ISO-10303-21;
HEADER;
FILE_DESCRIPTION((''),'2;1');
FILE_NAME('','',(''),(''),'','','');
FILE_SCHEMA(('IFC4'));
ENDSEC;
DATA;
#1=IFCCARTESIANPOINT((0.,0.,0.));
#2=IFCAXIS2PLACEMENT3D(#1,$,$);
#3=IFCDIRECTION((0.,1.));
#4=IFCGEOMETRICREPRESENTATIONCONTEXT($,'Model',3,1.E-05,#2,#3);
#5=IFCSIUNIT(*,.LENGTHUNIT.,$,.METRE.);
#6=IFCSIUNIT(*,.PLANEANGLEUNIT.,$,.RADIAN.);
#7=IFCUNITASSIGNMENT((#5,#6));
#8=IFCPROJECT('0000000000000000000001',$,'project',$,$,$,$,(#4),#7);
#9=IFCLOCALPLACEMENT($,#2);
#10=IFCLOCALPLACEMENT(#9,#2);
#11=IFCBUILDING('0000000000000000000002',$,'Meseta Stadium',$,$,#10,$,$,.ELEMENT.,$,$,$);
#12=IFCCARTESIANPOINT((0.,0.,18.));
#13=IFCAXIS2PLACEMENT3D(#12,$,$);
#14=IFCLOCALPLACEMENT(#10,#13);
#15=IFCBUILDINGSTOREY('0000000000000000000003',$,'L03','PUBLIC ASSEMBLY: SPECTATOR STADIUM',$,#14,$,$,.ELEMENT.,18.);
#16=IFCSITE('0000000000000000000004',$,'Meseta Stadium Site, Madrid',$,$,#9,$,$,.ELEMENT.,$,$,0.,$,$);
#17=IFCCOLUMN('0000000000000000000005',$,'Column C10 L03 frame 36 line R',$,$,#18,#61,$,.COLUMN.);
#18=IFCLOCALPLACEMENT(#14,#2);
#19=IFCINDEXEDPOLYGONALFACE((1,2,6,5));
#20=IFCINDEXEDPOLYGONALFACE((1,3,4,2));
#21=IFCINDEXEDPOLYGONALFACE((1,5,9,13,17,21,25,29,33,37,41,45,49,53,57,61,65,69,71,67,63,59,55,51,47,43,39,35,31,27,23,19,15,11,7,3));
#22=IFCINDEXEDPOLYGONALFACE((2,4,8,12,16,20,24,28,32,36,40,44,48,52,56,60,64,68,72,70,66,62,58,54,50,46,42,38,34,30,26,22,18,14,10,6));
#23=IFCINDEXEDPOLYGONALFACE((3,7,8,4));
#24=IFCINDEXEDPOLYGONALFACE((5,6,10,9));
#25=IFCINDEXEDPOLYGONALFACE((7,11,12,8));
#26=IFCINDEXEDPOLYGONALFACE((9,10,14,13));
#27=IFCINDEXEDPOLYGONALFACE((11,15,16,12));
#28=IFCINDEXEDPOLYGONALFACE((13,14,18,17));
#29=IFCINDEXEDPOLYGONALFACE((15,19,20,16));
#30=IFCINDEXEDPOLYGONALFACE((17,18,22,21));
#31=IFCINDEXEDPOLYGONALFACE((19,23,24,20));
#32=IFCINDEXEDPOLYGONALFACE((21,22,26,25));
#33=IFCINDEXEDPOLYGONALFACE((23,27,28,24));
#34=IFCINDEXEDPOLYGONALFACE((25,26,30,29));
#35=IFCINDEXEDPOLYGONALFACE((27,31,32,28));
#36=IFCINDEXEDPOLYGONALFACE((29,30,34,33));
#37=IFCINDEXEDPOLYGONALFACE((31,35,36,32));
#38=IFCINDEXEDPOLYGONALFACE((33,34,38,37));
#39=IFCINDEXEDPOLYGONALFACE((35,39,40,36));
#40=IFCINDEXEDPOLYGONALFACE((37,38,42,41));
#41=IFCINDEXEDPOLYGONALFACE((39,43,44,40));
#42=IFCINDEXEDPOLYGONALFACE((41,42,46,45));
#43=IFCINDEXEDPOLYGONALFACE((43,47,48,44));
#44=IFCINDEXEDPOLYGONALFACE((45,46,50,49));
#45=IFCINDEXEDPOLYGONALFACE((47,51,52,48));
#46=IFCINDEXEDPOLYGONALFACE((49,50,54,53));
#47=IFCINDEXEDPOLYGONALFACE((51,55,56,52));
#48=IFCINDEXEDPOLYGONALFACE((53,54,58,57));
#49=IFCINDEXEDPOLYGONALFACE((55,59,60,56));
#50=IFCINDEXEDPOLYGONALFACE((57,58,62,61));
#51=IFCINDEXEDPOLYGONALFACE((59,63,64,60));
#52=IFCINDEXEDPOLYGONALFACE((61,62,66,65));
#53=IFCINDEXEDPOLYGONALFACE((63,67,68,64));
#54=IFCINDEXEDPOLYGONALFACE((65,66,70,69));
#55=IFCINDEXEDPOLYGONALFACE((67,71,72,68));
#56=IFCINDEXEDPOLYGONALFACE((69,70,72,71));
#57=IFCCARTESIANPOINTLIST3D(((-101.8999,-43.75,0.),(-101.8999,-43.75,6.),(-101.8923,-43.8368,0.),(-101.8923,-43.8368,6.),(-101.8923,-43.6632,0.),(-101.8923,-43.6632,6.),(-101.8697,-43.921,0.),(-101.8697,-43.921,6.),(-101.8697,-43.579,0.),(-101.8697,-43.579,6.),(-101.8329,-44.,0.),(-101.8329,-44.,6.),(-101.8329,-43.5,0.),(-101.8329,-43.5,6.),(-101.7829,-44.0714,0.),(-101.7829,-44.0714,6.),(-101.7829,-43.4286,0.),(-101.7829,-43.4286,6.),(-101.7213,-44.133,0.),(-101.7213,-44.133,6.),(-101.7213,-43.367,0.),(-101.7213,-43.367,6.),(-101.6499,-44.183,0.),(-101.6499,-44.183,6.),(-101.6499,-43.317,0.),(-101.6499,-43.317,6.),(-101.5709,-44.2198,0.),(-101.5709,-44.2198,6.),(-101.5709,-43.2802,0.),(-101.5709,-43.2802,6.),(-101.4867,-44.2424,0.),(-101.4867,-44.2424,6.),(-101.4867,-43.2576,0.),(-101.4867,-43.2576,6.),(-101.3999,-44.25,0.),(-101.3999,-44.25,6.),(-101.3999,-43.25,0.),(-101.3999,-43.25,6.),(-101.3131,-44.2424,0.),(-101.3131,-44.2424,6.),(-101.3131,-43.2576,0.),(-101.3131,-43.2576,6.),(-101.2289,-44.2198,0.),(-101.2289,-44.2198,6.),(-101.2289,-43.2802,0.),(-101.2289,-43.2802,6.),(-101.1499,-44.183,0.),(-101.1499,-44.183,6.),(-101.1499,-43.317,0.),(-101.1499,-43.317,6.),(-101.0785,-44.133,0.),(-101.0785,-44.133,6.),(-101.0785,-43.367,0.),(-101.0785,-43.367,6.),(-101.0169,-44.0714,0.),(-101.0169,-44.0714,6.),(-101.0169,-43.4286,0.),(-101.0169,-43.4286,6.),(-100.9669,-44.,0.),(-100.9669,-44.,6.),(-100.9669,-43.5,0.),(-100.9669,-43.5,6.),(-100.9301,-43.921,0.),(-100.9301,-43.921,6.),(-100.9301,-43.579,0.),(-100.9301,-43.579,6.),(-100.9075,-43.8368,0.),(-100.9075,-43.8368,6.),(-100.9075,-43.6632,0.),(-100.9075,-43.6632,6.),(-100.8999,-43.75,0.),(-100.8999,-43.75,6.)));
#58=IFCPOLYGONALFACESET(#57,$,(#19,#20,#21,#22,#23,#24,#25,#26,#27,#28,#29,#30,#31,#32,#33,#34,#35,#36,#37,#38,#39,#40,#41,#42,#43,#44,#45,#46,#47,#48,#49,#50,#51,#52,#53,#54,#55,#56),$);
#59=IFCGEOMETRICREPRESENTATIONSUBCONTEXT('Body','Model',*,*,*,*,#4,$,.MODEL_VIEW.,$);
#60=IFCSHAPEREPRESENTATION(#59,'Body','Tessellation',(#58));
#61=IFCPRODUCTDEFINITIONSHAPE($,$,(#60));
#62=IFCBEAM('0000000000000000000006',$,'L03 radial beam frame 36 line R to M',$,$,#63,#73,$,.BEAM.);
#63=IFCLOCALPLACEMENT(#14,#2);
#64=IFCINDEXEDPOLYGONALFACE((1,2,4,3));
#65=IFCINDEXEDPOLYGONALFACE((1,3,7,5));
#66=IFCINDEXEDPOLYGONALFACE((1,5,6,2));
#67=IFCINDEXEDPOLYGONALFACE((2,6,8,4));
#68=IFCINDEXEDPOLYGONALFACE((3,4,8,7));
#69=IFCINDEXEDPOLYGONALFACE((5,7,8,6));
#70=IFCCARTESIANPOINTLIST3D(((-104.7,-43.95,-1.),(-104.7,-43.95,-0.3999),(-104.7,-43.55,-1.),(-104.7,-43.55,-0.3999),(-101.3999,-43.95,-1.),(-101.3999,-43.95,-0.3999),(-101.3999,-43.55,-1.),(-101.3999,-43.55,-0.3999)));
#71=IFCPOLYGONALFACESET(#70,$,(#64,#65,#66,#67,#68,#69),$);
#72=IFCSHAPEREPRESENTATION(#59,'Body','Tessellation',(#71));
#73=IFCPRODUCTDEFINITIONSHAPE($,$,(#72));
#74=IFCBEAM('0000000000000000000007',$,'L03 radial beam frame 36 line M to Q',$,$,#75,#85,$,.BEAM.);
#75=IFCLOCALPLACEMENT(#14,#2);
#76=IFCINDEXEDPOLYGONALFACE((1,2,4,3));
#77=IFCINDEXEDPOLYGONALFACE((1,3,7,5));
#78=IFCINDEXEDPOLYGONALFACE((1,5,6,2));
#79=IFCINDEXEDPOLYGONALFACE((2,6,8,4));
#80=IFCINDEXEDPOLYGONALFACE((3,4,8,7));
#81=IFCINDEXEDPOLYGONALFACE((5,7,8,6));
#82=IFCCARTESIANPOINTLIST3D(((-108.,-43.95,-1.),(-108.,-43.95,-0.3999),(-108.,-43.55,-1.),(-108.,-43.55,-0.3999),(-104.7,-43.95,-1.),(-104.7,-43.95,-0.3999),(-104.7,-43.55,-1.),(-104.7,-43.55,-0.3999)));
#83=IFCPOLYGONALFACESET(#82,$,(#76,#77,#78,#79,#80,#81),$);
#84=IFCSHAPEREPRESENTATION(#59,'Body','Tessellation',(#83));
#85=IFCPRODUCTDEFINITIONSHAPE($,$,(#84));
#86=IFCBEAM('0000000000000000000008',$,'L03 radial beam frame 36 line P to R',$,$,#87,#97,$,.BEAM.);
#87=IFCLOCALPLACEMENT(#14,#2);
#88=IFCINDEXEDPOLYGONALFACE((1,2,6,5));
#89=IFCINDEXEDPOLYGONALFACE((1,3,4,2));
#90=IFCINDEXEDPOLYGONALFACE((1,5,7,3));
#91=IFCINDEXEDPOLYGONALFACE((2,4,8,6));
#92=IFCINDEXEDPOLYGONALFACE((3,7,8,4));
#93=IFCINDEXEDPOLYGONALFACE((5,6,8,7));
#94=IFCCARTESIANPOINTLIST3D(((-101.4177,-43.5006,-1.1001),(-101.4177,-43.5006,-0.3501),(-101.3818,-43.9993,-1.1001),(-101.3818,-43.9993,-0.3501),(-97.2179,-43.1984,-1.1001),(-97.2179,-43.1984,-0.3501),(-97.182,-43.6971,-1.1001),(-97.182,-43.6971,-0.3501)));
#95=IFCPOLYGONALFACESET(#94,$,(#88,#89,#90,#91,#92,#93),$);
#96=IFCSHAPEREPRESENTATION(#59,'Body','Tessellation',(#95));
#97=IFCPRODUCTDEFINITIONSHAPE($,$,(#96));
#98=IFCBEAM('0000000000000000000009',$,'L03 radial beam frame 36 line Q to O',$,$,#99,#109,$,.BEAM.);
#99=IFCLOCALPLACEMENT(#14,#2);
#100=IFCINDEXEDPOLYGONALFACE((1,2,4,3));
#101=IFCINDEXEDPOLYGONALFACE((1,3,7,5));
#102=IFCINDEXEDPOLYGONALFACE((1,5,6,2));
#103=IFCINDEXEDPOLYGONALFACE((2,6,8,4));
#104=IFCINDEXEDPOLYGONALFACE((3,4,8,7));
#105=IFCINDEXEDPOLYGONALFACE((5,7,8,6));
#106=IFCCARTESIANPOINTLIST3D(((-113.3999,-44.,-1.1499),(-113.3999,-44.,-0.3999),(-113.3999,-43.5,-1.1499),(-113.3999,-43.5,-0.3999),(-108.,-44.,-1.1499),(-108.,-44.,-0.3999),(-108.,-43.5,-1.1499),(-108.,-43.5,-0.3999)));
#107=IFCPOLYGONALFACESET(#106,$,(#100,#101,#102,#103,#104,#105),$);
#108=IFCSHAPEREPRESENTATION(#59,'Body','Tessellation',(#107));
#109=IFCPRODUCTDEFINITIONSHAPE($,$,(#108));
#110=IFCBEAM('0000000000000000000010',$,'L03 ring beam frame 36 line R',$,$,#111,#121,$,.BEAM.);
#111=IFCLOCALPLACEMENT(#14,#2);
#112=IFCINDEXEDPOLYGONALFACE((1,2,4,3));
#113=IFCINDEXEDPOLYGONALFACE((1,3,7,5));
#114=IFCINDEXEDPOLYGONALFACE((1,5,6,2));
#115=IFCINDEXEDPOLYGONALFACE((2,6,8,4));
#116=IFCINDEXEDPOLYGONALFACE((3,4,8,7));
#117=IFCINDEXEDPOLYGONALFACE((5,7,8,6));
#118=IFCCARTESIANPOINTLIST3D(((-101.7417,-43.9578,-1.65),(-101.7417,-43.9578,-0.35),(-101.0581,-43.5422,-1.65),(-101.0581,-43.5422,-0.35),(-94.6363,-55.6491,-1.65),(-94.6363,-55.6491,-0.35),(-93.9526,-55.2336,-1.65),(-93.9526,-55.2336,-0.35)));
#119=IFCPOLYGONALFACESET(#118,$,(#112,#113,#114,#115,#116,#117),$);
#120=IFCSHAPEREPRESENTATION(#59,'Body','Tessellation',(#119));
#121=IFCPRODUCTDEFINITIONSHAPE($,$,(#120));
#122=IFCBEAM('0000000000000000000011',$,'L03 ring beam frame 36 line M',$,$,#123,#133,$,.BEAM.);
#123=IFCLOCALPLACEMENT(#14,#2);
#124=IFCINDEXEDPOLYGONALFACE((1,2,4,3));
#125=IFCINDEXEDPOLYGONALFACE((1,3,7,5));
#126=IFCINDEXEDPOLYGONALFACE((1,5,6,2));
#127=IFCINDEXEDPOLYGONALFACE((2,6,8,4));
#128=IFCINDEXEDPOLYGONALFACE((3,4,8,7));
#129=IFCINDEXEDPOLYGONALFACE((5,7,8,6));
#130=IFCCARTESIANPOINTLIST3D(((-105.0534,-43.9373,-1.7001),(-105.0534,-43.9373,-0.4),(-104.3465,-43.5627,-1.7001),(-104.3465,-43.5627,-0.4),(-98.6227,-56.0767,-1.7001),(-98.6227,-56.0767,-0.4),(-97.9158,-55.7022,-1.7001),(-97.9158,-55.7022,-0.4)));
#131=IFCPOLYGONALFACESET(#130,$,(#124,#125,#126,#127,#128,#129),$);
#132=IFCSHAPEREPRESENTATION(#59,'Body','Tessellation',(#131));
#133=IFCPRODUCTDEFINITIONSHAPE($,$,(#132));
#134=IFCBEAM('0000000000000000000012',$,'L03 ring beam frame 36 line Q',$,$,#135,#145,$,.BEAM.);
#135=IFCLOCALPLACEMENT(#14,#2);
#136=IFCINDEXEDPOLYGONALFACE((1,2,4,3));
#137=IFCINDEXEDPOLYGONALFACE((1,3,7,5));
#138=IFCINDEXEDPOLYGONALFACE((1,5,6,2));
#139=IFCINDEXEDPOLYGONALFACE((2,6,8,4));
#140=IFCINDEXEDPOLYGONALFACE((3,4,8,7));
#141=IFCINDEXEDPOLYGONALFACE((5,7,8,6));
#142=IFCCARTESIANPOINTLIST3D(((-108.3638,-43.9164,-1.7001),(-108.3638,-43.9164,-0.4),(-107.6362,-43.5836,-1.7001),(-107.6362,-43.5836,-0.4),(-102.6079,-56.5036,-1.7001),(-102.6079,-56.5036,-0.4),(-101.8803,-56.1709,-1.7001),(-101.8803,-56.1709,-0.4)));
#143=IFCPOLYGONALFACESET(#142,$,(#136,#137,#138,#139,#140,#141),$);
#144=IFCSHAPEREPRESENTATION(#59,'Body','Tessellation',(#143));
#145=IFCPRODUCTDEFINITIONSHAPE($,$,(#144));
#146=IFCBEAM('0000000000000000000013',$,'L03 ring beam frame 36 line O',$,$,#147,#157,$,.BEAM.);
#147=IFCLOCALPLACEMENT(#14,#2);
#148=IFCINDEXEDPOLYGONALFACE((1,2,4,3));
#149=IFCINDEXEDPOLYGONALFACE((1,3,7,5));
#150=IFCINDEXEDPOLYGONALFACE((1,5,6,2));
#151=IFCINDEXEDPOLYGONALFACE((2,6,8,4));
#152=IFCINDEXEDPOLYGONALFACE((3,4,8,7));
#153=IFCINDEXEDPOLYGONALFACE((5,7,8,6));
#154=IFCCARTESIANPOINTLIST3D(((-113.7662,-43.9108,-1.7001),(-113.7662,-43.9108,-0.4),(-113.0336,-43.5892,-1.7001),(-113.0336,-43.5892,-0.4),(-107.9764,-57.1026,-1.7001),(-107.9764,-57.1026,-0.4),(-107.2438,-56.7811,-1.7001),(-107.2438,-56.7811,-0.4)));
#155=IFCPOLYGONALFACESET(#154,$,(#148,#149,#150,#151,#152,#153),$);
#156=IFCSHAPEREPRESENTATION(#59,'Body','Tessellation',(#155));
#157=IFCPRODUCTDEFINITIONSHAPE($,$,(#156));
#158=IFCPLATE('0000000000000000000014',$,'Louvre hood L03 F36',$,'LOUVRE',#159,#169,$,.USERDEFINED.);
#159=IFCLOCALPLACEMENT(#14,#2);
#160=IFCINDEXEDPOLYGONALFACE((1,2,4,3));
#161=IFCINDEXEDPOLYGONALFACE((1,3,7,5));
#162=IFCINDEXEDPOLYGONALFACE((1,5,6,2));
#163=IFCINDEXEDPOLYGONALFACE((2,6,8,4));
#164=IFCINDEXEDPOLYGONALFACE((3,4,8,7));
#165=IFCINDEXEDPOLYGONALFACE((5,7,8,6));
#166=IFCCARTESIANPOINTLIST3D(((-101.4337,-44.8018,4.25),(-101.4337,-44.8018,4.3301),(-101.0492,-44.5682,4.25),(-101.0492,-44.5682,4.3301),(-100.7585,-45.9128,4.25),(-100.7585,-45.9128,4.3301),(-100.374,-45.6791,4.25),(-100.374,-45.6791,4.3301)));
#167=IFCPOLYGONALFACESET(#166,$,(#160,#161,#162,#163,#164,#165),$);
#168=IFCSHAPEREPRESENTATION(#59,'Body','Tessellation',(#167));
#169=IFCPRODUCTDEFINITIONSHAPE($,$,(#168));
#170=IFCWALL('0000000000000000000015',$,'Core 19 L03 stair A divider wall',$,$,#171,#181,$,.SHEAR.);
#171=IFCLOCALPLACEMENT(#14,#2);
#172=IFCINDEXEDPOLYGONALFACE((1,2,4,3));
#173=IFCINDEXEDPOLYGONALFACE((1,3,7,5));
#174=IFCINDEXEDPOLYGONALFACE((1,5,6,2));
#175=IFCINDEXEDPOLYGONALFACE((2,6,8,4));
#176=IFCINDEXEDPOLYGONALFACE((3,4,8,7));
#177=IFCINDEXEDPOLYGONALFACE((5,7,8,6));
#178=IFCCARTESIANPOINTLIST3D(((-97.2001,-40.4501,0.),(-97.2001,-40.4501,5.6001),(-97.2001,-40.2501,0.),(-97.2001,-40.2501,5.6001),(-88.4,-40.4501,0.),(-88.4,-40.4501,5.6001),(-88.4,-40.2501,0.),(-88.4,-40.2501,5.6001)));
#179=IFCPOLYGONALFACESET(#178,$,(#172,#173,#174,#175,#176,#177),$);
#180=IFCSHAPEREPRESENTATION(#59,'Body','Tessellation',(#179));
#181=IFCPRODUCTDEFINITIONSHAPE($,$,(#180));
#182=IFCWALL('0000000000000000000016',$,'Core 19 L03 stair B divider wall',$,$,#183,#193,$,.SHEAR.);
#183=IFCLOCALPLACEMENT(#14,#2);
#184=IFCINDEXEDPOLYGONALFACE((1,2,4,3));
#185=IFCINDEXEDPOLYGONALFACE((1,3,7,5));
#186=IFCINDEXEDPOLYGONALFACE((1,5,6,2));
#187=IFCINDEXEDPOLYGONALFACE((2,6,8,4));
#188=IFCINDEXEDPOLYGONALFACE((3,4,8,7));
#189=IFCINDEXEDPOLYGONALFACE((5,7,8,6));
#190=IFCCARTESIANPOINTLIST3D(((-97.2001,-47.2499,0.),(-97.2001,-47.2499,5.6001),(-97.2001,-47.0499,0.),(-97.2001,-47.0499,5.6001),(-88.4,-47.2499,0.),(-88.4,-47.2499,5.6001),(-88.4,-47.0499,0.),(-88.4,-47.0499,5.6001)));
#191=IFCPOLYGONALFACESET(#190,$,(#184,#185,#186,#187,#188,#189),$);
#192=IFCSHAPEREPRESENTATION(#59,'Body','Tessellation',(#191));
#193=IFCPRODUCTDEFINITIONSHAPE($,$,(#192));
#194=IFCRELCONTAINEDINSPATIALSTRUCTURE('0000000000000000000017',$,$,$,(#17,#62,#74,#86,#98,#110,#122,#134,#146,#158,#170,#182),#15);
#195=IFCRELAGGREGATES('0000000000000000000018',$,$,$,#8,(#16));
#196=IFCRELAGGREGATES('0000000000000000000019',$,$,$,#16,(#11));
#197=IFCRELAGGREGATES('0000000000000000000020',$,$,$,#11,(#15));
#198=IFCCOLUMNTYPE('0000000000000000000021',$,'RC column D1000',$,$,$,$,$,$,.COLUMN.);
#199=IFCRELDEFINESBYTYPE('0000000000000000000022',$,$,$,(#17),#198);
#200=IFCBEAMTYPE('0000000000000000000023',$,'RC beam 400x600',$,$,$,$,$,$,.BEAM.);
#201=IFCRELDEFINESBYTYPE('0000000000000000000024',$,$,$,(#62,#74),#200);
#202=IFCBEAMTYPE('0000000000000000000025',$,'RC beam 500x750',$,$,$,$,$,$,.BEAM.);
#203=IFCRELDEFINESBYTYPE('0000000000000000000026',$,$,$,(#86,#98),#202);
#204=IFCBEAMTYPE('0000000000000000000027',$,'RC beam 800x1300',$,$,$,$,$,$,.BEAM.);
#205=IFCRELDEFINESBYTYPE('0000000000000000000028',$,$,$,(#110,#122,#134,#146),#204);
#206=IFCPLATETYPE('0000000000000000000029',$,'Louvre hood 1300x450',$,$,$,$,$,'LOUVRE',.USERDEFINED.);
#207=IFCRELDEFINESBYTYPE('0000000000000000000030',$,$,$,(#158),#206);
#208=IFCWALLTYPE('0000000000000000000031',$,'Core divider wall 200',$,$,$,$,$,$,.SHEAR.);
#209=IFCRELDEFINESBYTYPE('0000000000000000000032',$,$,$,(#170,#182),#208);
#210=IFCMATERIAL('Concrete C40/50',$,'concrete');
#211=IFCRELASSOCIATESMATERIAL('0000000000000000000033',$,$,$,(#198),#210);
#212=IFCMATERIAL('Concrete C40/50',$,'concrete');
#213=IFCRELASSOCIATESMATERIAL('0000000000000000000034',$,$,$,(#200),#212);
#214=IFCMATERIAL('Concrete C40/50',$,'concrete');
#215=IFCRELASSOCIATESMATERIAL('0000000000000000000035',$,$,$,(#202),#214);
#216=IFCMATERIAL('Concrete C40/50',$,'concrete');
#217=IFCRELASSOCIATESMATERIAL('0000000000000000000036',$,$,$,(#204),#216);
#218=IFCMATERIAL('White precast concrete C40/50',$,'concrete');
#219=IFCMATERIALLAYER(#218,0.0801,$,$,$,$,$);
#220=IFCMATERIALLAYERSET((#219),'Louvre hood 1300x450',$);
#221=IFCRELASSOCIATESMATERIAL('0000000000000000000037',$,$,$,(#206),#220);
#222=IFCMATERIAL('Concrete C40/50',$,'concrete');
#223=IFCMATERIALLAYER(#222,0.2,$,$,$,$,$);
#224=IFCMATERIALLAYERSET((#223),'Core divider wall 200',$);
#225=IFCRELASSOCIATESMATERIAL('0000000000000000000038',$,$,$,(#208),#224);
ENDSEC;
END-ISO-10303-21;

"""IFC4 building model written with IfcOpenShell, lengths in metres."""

from ifc_helpers import new_model, si_unit, direction, frame, frame_2d, origin, origin_2d, place, context, subcontext, project, spatial, rectangle, circle, extrude, material, layer, layer_set, material_profile, profile_set, type_object, element, save


model = new_model("IFC4")

# Units and contexts
model_context = context("Model", 3, precision=1e-05, world=origin(), true_north=direction((0.0, 1.0)))
body_context = subcontext(model_context, "Body", "Model", "MODEL_VIEW")
ifc_project = project(units=[si_unit("LENGTHUNIT", "METRE"), si_unit("PLANEANGLEUNIT", "RADIAN")], contexts=[model_context])

# Site, building, storey
site_placement = place(None, origin())
site = spatial("IfcSite", under=ifc_project, at=site_placement, Name="Meseta Stadium Site, Madrid", CompositionType="ELEMENT", RefElevation=0.0)
building_placement = place(site_placement, origin())
building = spatial("IfcBuilding", under=site, at=building_placement, Name="Meseta Stadium", CompositionType="ELEMENT")
storey_placement = place(building_placement, frame((0.0, 0.0, 18.0)))
storey = spatial("IfcBuildingStorey", under=building, at=storey_placement, Name="L03", Description="PUBLIC ASSEMBLY: SPECTATOR STADIUM", CompositionType="ELEMENT", Elevation=18.0)

# Column
ifc_material_1 = material(Name="Concrete C40/50", Category="concrete")
ifc_material_profile_1 = material_profile(ifc_material_1, circle(Radius=0.5, at=origin_2d()), Name="RC D1000")
ifc_profile_set_1 = profile_set([ifc_material_profile_1], Name="Concrete C40/50")
column_type = type_object("IfcColumnType", Name="RC column D1000", PredefinedType="COLUMN", material=ifc_profile_set_1)
column_placement = place(storey_placement, frame((-101.3999, -43.75, 0.0), z_axis=(0.0, 0.0, 1.0), x_axis=(1.0, 0.0, 0.0)))
element("IfcColumn", 1, at=column_placement, inside=storey, type_object=column_type, Name="Column C10 L03 frame 36 line R", PredefinedType="COLUMN", context=body_context, shape_type="SweptSolid", body=[
    extrude(circle(Radius=0.5, at=origin_2d()), origin(), (0.0, 0.0, 1.0), 6.0),
])

# Beams
ifc_material_2 = material(Name="Concrete C40/50", Category="concrete")
ifc_material_profile_2 = material_profile(ifc_material_2, rectangle(XDim=0.3999, YDim=0.6001, at=origin_2d()), Name="RC 400x600")
ifc_profile_set_2 = profile_set([ifc_material_profile_2], Name="Concrete C40/50")
beam_type_1 = type_object("IfcBeamType", Name="RC beam 400x600", PredefinedType="BEAM", material=ifc_profile_set_2)
for number, where, z_axis, x_axis, name in (
    (2, (-101.3999, -43.75, -0.7), (-1.0, 0.0, 0.0), (0.0, -1.0, 0.0), "L03 radial beam frame 36 line R to M"),
    (3, (-104.7, -43.75, -0.7), (-1.0, 0.0, 0.0), (0.0, -1.0, 0.0), "L03 radial beam frame 36 line M to Q"),
):
    element("IfcBeam", number, at=place(storey_placement, frame(where, z_axis=z_axis, x_axis=x_axis)), inside=storey, type_object=beam_type_1, Name=name, PredefinedType="BEAM", context=body_context, shape_type="SweptSolid", body=[
        extrude(rectangle(XDim=0.3999, YDim=0.6001, at=origin_2d()), origin(), (0.0, 0.0, 1.0), 3.3),
    ])
ifc_material_3 = material(Name="Concrete C40/50", Category="concrete")
ifc_material_profile_3 = material_profile(ifc_material_3, rectangle(XDim=0.5, YDim=0.75, at=origin_2d()), Name="RC 500x750")
ifc_profile_set_3 = profile_set([ifc_material_profile_3], Name="Concrete C40/50")
beam_type_2 = type_object("IfcBeamType", Name="RC beam 500x750", PredefinedType="BEAM", material=ifc_profile_set_3)
beam_1_placement = place(storey_placement, frame((-97.2, -43.4478, -0.7251), z_axis=(-0.997421, -0.071779, 0.0), x_axis=(0.071779, -0.997421, 0.0)))
element("IfcBeam", 4, at=beam_1_placement, inside=storey, type_object=beam_type_2, Name="L03 radial beam frame 36 line P to R", PredefinedType="BEAM", context=body_context, shape_type="SweptSolid", body=[
    extrude(rectangle(XDim=0.5, YDim=0.75, at=origin_2d()), origin(), (0.0, 0.0, 1.0), 4.2107),
])
beam_2_placement = place(storey_placement, frame((-108.0, -43.75, -0.7749), z_axis=(-1.0, 0.0, 0.0), x_axis=(0.0, -1.0, 0.0)))
element("IfcBeam", 5, at=beam_2_placement, inside=storey, type_object=beam_type_2, Name="L03 radial beam frame 36 line Q to O", PredefinedType="BEAM", context=body_context, shape_type="SweptSolid", body=[
    extrude(rectangle(XDim=0.5, YDim=0.75, at=origin_2d()), origin(), (0.0, 0.0, 1.0), 5.3999),
])
ifc_material_4 = material(Name="Concrete C40/50", Category="concrete")
ifc_material_profile_4 = material_profile(ifc_material_4, rectangle(XDim=0.8, YDim=1.3, at=origin_2d()), Name="RC 800x1300")
ifc_profile_set_4 = profile_set([ifc_material_profile_4], Name="Concrete C40/50")
beam_type_3 = type_object("IfcBeamType", Name="RC beam 800x1300", PredefinedType="BEAM", material=ifc_profile_set_4)
beam_3_placement = place(storey_placement, frame((-101.3999, -43.75, -1.0), z_axis=(0.519358, -0.854557, 0.0), x_axis=(0.854557, 0.519358, 0.0)))
element("IfcBeam", 6, at=beam_3_placement, inside=storey, type_object=beam_type_3, Name="L03 ring beam frame 36 line R", PredefinedType="BEAM", context=body_context, shape_type="SweptSolid", body=[
    extrude(rectangle(XDim=0.8, YDim=1.3, at=origin_2d()), origin(), (0.0, 0.0, 1.0), 13.6812),
])
beam_4_placement = place(storey_placement, frame((-104.7, -43.75, -1.05), z_axis=(0.468111, -0.88367, 0.0), x_axis=(0.88367, 0.468111, 0.0)))
element("IfcBeam", 7, at=beam_4_placement, inside=storey, type_object=beam_type_3, Name="L03 ring beam frame 36 line M", PredefinedType="BEAM", context=body_context, shape_type="SweptSolid", body=[
    extrude(rectangle(XDim=0.8, YDim=1.3, at=origin_2d()), origin(), (0.0, 0.0, 1.0), 13.7375),
])
beam_5_placement = place(storey_placement, frame((-108.0, -43.75, -1.05), z_axis=(0.415863, -0.909427, 0.0), x_axis=(0.909427, 0.415863, 0.0)))
element("IfcBeam", 8, at=beam_5_placement, inside=storey, type_object=beam_type_3, Name="L03 ring beam frame 36 line Q", PredefinedType="BEAM", context=body_context, shape_type="SweptSolid", body=[
    extrude(rectangle(XDim=0.8, YDim=1.3, at=origin_2d()), origin(), (0.0, 0.0, 1.0), 13.8408),
])
beam_6_placement = place(storey_placement, frame((-113.3999, -43.75, -1.05), z_axis=(0.401887, -0.915689, 0.0), x_axis=(0.915689, 0.401887, 0.0)))
element("IfcBeam", 9, at=beam_6_placement, inside=storey, type_object=beam_type_3, Name="L03 ring beam frame 36 line O", PredefinedType="BEAM", context=body_context, shape_type="SweptSolid", body=[
    extrude(rectangle(XDim=0.8, YDim=1.3, at=origin_2d()), origin(), (0.0, 0.0, 1.0), 14.4065),
])

# Plate
ifc_material_5 = material(Name="White precast concrete C40/50", Category="concrete")
ifc_layer_1 = layer(ifc_material_5, 0.0801)
ifc_layer_set_1 = layer_set([ifc_layer_1], Name="Louvre hood 1300x450")
plate_type = type_object("IfcPlateType", Name="Louvre hood 1300x450", ElementType="LOUVRE", PredefinedType="USERDEFINED", material=ifc_layer_set_1)
plate_placement = place(storey_placement, frame((-100.9038, -45.2405, 4.25), z_axis=(0.0, 0.0, 1.0), x_axis=(0.519362, -0.854554, 0.0)))
element("IfcPlate", 10, at=plate_placement, inside=storey, type_object=plate_type, Name="Louvre hood L03 F36", ObjectType="LOUVRE", PredefinedType="USERDEFINED", context=body_context, shape_type="SweptSolid", body=[
    extrude(rectangle(XDim=1.3, YDim=0.45, at=origin_2d()), origin(), (0.0, 0.0, 1.0), 0.0801),
])

# Walls
ifc_material_6 = material(Name="Concrete C40/50", Category="concrete")
ifc_layer_2 = layer(ifc_material_6, 0.2)
ifc_layer_set_2 = layer_set([ifc_layer_2], Name="Core divider wall 200")
wall_type_1 = type_object("IfcWallType", Name="Core divider wall 200", PredefinedType="SHEAR", material=ifc_layer_set_2)
for number, where, z_axis, x_axis, name in (
    (11, (-97.2, -40.3501, 0.0), (0.0, 0.0, 1.0), (1.0, 0.0, 0.0), "Core 19 L03 stair A divider wall"),
    (12, (-97.2, -47.1499, 0.0), (0.0, 0.0, 1.0), (1.0, 0.0, 0.0), "Core 19 L03 stair B divider wall"),
):
    element("IfcWall", number, at=place(storey_placement, frame(where, z_axis=z_axis, x_axis=x_axis)), inside=storey, type_object=wall_type_1, Name=name, PredefinedType="SHEAR", context=body_context, shape_type="SweptSolid", body=[
        extrude(rectangle(XDim=8.8, YDim=0.2, at=frame_2d((4.3999, 0.0))), origin(), (0.0, 0.0, 1.0), 5.6001),
    ])

save(model, "model.ifc")
